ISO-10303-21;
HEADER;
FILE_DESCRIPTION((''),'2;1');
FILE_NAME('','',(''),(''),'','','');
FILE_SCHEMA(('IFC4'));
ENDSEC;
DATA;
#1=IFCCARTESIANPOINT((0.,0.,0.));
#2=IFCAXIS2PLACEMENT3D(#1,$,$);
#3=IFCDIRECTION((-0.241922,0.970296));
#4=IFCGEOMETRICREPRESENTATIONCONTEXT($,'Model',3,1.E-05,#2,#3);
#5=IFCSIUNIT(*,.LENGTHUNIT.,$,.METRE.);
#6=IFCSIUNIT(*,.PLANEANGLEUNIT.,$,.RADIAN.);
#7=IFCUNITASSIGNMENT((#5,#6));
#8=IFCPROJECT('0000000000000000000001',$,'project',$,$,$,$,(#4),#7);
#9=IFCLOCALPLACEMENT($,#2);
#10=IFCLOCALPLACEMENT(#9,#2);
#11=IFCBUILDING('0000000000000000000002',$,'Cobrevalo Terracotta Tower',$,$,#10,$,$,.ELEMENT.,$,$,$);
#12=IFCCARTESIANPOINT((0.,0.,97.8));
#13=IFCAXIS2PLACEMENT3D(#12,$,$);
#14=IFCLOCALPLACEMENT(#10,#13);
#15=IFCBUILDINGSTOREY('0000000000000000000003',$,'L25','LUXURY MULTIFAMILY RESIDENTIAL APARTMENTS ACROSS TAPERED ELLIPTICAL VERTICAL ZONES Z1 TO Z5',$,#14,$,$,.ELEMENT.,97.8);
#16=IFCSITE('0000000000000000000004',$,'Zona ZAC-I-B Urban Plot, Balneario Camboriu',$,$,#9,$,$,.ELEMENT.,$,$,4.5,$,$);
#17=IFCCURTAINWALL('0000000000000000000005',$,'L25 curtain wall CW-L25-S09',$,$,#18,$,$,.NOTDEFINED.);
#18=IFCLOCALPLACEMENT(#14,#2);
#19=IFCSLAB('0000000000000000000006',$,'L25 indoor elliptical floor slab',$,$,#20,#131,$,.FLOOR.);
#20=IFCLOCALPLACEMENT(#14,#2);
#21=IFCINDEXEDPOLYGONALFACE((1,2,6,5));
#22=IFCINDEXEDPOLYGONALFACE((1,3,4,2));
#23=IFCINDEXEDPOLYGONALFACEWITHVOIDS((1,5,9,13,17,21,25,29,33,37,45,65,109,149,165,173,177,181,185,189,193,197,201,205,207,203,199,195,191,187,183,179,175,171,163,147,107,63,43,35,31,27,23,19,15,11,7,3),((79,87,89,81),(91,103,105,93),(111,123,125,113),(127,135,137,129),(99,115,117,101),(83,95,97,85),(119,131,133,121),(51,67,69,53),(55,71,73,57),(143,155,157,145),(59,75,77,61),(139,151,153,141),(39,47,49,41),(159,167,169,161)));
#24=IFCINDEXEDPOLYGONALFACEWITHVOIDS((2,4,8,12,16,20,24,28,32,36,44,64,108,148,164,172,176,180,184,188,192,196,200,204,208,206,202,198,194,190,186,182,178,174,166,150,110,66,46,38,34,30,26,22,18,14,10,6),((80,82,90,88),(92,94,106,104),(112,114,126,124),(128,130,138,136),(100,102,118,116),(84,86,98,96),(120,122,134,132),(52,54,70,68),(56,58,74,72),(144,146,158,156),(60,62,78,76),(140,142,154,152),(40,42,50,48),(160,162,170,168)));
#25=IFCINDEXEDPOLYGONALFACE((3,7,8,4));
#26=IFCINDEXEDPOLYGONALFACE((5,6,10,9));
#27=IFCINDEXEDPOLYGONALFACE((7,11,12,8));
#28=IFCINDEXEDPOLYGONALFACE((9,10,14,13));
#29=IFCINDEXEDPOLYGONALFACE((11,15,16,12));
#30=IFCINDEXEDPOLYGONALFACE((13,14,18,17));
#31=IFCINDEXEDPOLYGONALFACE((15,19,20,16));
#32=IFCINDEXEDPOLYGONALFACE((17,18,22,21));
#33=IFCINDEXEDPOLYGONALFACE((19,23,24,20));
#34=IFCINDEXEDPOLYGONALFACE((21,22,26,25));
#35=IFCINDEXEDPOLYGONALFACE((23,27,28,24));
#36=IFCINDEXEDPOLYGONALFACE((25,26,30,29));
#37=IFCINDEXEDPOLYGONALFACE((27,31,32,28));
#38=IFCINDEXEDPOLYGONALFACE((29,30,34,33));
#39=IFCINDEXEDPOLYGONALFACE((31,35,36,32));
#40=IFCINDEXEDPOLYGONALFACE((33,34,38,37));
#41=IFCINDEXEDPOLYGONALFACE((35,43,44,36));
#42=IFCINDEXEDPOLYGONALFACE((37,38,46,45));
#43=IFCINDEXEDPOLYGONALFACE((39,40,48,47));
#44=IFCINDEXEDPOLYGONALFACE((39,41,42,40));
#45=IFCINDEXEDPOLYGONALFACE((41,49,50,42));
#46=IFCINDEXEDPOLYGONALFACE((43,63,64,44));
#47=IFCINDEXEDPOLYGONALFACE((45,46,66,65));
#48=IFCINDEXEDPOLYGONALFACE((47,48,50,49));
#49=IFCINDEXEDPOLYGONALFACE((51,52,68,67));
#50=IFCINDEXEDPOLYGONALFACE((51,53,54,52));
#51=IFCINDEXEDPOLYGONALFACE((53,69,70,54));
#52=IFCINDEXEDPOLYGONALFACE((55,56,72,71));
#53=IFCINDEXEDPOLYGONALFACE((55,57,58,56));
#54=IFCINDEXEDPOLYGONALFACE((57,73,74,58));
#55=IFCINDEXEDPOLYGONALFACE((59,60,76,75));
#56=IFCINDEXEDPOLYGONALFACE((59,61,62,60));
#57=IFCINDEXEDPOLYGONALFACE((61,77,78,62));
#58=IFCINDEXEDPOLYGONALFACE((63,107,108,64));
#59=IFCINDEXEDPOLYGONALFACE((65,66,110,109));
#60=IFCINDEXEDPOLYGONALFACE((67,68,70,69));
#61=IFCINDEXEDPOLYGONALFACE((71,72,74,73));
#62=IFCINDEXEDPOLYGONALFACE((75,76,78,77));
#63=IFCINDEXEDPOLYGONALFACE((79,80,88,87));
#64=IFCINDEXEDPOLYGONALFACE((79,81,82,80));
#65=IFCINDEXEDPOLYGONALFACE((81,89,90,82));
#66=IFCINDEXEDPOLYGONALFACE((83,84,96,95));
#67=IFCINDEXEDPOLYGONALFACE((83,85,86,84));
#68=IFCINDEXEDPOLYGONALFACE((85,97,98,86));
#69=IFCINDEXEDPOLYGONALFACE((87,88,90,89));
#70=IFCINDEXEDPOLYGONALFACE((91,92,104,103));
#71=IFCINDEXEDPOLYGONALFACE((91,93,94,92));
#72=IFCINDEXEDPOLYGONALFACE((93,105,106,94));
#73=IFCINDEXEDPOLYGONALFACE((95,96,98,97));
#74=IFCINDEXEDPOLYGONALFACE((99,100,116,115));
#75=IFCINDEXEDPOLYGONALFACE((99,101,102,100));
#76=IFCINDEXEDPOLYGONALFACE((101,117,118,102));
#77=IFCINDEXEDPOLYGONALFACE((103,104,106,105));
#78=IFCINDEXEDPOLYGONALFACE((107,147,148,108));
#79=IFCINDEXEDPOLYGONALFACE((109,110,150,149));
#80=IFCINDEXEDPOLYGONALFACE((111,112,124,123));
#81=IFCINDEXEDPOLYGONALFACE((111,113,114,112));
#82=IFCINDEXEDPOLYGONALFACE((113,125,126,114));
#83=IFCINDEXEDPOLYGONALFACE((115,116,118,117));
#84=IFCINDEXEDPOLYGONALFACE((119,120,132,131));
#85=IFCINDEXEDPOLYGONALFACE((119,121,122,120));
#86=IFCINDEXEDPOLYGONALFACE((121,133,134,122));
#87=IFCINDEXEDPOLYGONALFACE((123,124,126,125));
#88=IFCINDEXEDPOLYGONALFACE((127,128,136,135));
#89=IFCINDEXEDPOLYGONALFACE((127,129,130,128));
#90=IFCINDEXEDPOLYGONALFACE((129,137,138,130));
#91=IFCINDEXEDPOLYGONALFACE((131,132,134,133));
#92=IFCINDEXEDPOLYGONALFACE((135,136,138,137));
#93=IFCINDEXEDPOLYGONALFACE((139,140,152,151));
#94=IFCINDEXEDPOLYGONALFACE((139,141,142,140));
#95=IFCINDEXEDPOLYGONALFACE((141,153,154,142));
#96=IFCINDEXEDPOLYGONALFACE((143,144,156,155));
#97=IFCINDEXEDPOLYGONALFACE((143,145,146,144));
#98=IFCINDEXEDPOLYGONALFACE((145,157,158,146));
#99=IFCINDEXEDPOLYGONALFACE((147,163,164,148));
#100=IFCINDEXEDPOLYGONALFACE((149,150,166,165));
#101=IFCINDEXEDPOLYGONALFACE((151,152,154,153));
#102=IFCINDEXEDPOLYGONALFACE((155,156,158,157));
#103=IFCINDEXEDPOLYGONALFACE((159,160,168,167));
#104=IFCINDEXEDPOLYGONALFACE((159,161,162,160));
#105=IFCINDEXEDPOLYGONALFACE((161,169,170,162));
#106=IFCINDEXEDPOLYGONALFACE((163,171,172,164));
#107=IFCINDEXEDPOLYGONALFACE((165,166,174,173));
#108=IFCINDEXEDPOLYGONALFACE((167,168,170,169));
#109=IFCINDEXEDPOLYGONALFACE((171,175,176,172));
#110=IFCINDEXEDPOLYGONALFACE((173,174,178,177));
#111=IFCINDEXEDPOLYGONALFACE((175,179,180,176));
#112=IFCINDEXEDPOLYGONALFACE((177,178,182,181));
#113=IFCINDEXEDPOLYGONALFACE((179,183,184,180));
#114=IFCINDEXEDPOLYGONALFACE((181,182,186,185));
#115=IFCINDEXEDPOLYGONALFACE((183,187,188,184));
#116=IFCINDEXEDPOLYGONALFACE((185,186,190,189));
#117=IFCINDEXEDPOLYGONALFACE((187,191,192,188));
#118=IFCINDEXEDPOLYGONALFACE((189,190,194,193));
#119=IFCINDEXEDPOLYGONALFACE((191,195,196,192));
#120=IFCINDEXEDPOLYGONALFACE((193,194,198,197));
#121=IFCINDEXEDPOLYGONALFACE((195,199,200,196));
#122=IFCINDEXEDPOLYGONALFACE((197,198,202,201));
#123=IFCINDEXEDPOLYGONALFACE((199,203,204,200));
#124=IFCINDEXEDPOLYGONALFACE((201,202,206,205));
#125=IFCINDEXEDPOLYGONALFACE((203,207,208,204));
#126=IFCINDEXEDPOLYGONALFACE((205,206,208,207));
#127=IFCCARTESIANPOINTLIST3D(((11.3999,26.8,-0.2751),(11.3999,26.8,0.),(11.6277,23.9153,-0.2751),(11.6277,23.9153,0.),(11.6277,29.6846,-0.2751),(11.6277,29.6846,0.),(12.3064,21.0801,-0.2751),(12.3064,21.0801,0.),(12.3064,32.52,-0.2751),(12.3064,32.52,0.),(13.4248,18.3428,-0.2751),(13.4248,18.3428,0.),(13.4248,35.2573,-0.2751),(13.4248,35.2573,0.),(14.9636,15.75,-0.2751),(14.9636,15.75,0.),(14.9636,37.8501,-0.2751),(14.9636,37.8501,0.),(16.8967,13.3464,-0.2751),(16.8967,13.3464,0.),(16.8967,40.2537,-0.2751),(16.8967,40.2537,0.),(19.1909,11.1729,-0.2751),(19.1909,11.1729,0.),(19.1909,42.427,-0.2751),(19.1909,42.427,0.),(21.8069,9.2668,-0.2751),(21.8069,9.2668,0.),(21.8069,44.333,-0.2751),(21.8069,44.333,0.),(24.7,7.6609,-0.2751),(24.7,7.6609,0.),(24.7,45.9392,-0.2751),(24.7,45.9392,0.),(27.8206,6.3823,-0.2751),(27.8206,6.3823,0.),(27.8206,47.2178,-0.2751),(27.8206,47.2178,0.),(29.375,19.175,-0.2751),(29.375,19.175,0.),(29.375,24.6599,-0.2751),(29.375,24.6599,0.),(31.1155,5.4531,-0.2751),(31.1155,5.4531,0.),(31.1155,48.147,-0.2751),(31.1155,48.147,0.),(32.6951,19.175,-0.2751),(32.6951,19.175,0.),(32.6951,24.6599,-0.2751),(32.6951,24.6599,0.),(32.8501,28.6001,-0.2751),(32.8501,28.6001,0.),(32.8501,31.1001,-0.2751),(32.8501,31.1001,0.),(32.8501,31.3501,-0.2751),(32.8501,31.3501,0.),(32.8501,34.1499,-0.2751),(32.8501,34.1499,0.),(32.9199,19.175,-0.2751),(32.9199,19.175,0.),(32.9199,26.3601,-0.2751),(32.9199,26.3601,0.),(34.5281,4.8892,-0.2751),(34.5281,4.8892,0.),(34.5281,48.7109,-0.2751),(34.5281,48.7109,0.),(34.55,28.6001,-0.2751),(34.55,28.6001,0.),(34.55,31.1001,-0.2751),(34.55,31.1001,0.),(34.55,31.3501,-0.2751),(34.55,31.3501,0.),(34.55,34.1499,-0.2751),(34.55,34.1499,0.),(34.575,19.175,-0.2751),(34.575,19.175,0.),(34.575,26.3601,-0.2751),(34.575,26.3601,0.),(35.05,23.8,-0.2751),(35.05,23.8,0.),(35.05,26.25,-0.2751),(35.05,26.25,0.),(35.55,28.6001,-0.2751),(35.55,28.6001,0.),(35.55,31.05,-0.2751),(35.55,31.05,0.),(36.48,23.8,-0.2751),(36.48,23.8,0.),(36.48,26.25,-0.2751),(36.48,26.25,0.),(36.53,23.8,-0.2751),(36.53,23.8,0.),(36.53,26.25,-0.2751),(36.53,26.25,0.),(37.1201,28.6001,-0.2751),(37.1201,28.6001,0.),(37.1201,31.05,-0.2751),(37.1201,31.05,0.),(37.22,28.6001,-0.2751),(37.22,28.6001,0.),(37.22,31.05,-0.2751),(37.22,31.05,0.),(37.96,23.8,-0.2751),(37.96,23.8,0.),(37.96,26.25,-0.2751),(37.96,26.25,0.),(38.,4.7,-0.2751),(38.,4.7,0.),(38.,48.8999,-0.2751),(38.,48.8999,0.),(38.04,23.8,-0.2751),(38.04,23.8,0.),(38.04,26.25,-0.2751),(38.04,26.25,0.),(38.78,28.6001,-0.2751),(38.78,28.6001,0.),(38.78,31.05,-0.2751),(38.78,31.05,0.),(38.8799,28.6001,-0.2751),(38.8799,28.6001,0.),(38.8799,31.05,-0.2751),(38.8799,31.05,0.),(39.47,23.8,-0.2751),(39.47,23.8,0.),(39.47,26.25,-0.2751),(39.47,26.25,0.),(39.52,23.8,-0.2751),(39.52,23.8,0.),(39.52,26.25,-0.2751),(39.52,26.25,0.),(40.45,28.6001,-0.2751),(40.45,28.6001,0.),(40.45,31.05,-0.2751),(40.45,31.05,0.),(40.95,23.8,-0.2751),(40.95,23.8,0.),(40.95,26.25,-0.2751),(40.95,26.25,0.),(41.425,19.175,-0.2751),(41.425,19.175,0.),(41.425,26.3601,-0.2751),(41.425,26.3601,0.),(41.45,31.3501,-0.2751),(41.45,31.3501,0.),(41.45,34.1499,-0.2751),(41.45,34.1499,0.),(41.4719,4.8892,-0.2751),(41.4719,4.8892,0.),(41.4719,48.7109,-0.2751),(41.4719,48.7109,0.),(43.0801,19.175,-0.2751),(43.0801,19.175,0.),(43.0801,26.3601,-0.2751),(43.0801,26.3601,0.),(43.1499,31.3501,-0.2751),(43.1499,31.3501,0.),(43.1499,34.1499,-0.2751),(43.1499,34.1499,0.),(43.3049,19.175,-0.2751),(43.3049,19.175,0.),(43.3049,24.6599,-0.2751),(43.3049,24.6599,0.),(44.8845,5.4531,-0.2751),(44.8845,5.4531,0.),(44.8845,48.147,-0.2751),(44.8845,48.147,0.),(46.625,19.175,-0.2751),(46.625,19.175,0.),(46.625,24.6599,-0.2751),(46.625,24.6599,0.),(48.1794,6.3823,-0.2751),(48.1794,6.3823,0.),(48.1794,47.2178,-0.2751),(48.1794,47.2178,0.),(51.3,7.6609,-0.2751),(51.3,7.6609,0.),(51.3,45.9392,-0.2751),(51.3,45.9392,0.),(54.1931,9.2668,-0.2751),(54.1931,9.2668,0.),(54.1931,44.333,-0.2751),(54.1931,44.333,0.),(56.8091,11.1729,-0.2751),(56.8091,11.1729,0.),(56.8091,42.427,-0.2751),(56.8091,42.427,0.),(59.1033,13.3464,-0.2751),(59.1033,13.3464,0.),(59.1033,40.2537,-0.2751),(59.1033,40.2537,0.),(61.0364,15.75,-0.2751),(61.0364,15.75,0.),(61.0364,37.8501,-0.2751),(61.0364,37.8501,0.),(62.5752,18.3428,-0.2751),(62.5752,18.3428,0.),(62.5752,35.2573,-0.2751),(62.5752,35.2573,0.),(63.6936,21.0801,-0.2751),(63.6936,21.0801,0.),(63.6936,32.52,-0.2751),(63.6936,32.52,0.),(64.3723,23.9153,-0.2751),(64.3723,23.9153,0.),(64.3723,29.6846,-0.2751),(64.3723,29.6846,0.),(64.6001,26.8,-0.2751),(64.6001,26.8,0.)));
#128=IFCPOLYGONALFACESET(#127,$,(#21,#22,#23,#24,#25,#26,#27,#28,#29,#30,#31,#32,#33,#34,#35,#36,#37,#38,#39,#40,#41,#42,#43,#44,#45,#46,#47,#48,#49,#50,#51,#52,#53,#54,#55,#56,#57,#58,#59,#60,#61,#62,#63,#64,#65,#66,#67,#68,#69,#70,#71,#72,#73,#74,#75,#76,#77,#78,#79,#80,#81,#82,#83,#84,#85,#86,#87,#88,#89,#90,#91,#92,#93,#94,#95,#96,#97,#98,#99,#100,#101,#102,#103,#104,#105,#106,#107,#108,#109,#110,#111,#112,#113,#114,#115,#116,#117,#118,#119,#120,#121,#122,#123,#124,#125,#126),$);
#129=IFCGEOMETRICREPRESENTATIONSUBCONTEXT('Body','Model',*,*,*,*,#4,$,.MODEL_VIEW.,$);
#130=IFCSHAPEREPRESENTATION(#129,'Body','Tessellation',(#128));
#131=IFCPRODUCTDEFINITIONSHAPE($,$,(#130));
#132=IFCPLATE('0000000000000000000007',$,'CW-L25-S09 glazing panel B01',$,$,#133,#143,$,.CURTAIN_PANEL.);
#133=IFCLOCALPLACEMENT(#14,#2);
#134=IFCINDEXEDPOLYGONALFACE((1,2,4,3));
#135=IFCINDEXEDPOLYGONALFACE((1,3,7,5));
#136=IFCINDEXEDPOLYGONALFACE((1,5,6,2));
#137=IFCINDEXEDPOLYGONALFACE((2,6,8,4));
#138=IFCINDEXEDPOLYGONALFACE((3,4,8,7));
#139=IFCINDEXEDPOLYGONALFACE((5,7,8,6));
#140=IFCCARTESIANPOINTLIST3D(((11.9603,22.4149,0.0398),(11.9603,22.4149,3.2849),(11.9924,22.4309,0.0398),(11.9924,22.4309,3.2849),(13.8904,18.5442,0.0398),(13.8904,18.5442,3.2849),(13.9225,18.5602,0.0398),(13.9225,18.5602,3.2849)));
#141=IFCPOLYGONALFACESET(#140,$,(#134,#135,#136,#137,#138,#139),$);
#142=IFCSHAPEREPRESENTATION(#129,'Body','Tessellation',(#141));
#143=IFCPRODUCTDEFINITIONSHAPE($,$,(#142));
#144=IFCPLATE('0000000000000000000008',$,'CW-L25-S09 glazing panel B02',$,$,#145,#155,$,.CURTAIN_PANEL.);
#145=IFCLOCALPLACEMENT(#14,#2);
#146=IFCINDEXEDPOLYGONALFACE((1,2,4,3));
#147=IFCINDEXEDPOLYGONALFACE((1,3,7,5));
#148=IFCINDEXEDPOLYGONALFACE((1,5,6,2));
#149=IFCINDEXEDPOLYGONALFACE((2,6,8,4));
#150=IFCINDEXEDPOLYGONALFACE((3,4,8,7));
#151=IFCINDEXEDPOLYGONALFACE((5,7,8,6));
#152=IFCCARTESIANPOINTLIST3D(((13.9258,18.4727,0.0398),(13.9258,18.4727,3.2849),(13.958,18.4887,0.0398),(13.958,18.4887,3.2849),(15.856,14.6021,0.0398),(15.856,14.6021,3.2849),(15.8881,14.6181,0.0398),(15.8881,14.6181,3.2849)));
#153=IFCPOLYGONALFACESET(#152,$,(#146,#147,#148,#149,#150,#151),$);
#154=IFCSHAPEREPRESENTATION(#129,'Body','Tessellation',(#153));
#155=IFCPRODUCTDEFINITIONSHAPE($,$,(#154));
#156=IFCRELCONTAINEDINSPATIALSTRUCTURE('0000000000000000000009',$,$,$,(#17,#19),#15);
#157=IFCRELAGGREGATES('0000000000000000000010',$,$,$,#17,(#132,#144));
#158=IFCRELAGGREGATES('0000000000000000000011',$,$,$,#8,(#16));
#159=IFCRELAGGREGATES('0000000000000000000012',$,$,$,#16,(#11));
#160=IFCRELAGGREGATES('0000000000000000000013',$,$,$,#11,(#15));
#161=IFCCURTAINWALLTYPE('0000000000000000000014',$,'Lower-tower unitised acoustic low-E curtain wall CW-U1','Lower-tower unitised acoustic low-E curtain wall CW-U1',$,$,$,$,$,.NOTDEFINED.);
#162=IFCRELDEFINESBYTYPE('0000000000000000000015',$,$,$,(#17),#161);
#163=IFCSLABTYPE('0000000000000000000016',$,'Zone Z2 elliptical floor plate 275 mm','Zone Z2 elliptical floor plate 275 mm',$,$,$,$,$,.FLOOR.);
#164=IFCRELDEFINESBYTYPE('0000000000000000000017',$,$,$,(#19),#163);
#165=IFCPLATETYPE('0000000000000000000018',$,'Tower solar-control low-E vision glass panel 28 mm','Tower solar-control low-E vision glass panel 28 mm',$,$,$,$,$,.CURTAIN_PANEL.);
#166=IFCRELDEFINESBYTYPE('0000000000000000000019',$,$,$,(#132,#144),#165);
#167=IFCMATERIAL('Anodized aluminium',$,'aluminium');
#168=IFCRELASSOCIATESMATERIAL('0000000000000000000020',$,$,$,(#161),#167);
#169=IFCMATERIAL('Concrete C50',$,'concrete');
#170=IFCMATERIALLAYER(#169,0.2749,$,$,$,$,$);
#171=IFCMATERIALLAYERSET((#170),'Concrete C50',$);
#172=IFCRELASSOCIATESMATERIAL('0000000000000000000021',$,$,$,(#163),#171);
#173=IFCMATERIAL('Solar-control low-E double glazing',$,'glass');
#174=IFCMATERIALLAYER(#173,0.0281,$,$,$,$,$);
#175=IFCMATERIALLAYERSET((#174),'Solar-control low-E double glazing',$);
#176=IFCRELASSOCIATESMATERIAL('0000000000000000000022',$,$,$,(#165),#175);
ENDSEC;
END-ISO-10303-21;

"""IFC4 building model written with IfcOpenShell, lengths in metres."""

from ifc_helpers import new_model, si_unit, direction, frame, origin, origin_2d, place, context, subcontext, project, spatial, polyline, rectangle, outline, extrude, source, transform, mapped, material, layer, layer_set, type_object, element, aggregate, save


model = new_model("IFC4")

# Units and contexts
model_context = context("Model", 3, precision=1e-05, world=origin(), true_north=direction((-0.241922, 0.970296)))
body_context = subcontext(model_context, "Body", "Model", "MODEL_VIEW")
ifc_project = project(units=[si_unit("LENGTHUNIT", "METRE"), si_unit("PLANEANGLEUNIT", "RADIAN")], contexts=[model_context])

# Site, building, storey
site_placement = place(None, origin())
site = spatial("IfcSite", under=ifc_project, at=site_placement, Name="Zona ZAC-I-B Urban Plot, Balneario Camboriu", CompositionType="ELEMENT", RefElevation=4.5)
building_placement = place(site_placement, origin())
building = spatial("IfcBuilding", under=site, at=building_placement, Name="Cobrevalo Terracotta Tower", CompositionType="ELEMENT")
storey_placement = place(building_placement, frame((0.0, 0.0, 97.8)))
storey = spatial("IfcBuildingStorey", under=building, at=storey_placement, Name="L25", Description="LUXURY MULTIFAMILY RESIDENTIAL APARTMENTS ACROSS TAPERED ELLIPTICAL VERTICAL ZONES Z1 TO Z5", CompositionType="ELEMENT", Elevation=97.8)

# Curtain wall
ifc_material_1 = material(Name="Anodized aluminium", Category="aluminium")
curtain_wall_type = type_object("IfcCurtainWallType", Name="Lower-tower unitised acoustic low-E curtain wall CW-U1", Description="Lower-tower unitised acoustic low-E curtain wall CW-U1", PredefinedType="NOTDEFINED", material=ifc_material_1)
curtain_wall_placement = place(storey_placement, origin())
curtain_wall = element("IfcCurtainWall", 1, at=curtain_wall_placement, inside=storey, type_object=curtain_wall_type, Name="L25 curtain wall CW-L25-S09", PredefinedType="NOTDEFINED")

# Shared definitions
ifc_material_2 = material(Name="Concrete C50", Category="concrete")

# Slab
ifc_layer_1 = layer(ifc_material_2, 0.2749)
ifc_layer_set_1 = layer_set([ifc_layer_1], Name="Concrete C50")
slab_type_1 = type_object("IfcSlabType", Name="Zone Z2 elliptical floor plate 275 mm", Description="Zone Z2 elliptical floor plate 275 mm", PredefinedType="FLOOR", material=ifc_layer_set_1)
slab_1_placement = place(storey_placement, frame((0.0, 0.0, -0.2751)))
element("IfcSlab", 2, at=slab_1_placement, inside=storey, type_object=slab_type_1, Name="L25 indoor elliptical floor slab", PredefinedType="FLOOR", context=body_context, shape_type="SweptSolid", body=[
    extrude(outline(polyline([(64.3723, 23.9153), (63.6936, 21.0801), (62.5752, 18.3428), (61.0364, 15.75), (59.1033, 13.3464), (56.8091, 11.1729), (54.1931, 9.2668), (51.3, 7.6609), (48.1794, 6.3823), (44.8845, 5.4531), (41.4719, 4.8892), (38.0, 4.7), (34.5281, 4.8892), (31.1155, 5.4531), (27.8206, 6.3823), (24.7, 7.6609), (21.8069, 9.2668), (19.1909, 11.1729), (16.8967, 13.3464), (14.9636, 15.75), (13.4248, 18.3428), (12.3064, 21.0801), (11.6277, 23.9153), (11.3999, 26.8), (11.6277, 29.6846), (12.3064, 32.52), (13.4248, 35.2573), (14.9636, 37.8501), (16.8967, 40.2537), (19.1909, 42.427), (21.8069, 44.333), (24.7, 45.9392), (27.8206, 47.2178), (31.1155, 48.147), (34.5281, 48.7109), (38.0, 48.8999), (41.4719, 48.7109), (44.8845, 48.147), (48.1794, 47.2178), (51.3, 45.9392), (54.1931, 44.333), (56.8091, 42.427), (59.1033, 40.2537), (61.0364, 37.8501), (62.5752, 35.2573), (63.6936, 32.52), (64.3723, 29.6846), (64.6001, 26.8), (64.3723, 23.9153)]), holes=[polyline([(32.6951, 19.175), (32.6951, 24.6599), (29.375, 24.6599), (29.375, 19.175), (32.6951, 19.175)]), polyline([(34.575, 19.175), (34.575, 26.3601), (32.9199, 26.3601), (32.9199, 19.175), (34.575, 19.175)]), polyline([(36.48, 23.8), (36.48, 26.25), (35.05, 26.25), (35.05, 23.8), (36.48, 23.8)]), polyline([(37.96, 23.8), (37.96, 26.25), (36.53, 26.25), (36.53, 23.8), (37.96, 23.8)]), polyline([(37.1201, 28.6001), (37.1201, 31.05), (35.55, 31.05), (35.55, 28.6001), (37.1201, 28.6001)]), polyline([(34.55, 28.6001), (34.55, 31.1001), (32.8501, 31.1001), (32.8501, 28.6001), (34.55, 28.6001)]), polyline([(34.55, 31.3501), (34.55, 34.1499), (32.8501, 34.1499), (32.8501, 31.3501), (34.55, 31.3501)]), polyline([(46.625, 19.175), (46.625, 24.6599), (43.3049, 24.6599), (43.3049, 19.175), (46.625, 19.175)]), polyline([(43.0801, 19.175), (43.0801, 26.3601), (41.425, 26.3601), (41.425, 19.175), (43.0801, 19.175)]), polyline([(39.47, 23.8), (39.47, 26.25), (38.04, 26.25), (38.04, 23.8), (39.47, 23.8)]), polyline([(40.95, 23.8), (40.95, 26.25), (39.52, 26.25), (39.52, 23.8), (40.95, 23.8)]), polyline([(38.78, 28.6001), (38.78, 31.05), (37.22, 31.05), (37.22, 28.6001), (38.78, 28.6001)]), polyline([(40.45, 28.6001), (40.45, 31.05), (38.8799, 31.05), (38.8799, 28.6001), (40.45, 28.6001)]), polyline([(43.1499, 31.3501), (43.1499, 34.1499), (41.45, 34.1499), (41.45, 31.3501), (43.1499, 31.3501)])]), origin(), (0.0, 0.0, 1.0), 0.2751),
])

# Plates
ifc_material_3 = material(Name="Solar-control low-E double glazing", Category="glass")
ifc_layer_2 = layer(ifc_material_3, 0.0281)
ifc_layer_set_2 = layer_set([ifc_layer_2], Name="Solar-control low-E double glazing")
plate_type = type_object("IfcPlateType", Name="Tower solar-control low-E vision glass panel 28 mm", Description="Tower solar-control low-E vision glass panel 28 mm", PredefinedType="CURTAIN_PANEL", material=ifc_layer_set_2)
shared_shape_1 = source(origin(), body_context, "Body", "SweptSolid", [
    extrude(rectangle(XDim=4.3252, YDim=0.0359, at=origin_2d()), origin(), (0.0, 0.0, 1.0), 3.2451),
])
plate_1_placement = place(storey_placement, frame((12.9414, 20.4875, 0.0398), z_axis=(0.0, 0.0, 1.0), x_axis=(0.446262, -0.894902, 0.0)))
plate_1 = element("IfcPlate", 3, at=plate_1_placement, type_object=plate_type, Name="CW-L25-S09 glazing panel B01", PredefinedType="CURTAIN_PANEL", context=body_context, shape_type="MappedRepresentation", body=[
    mapped(shared_shape_1, transform((0.0, 0.0, 0.0), scale=1.0)),
])
plate_2_placement = place(storey_placement, frame((14.907, 16.5454, 0.0398), z_axis=(0.0, 0.0, 1.0), x_axis=(0.446262, -0.894902, 0.0)))
plate_2 = element("IfcPlate", 4, at=plate_2_placement, type_object=plate_type, Name="CW-L25-S09 glazing panel B02", PredefinedType="CURTAIN_PANEL", context=body_context, shape_type="MappedRepresentation", body=[
    mapped(shared_shape_1, transform((0.0, 0.0, 0.0), scale=1.0)),
])
aggregate(curtain_wall, [plate_1, plate_2])

save(model, "model.ifc")
